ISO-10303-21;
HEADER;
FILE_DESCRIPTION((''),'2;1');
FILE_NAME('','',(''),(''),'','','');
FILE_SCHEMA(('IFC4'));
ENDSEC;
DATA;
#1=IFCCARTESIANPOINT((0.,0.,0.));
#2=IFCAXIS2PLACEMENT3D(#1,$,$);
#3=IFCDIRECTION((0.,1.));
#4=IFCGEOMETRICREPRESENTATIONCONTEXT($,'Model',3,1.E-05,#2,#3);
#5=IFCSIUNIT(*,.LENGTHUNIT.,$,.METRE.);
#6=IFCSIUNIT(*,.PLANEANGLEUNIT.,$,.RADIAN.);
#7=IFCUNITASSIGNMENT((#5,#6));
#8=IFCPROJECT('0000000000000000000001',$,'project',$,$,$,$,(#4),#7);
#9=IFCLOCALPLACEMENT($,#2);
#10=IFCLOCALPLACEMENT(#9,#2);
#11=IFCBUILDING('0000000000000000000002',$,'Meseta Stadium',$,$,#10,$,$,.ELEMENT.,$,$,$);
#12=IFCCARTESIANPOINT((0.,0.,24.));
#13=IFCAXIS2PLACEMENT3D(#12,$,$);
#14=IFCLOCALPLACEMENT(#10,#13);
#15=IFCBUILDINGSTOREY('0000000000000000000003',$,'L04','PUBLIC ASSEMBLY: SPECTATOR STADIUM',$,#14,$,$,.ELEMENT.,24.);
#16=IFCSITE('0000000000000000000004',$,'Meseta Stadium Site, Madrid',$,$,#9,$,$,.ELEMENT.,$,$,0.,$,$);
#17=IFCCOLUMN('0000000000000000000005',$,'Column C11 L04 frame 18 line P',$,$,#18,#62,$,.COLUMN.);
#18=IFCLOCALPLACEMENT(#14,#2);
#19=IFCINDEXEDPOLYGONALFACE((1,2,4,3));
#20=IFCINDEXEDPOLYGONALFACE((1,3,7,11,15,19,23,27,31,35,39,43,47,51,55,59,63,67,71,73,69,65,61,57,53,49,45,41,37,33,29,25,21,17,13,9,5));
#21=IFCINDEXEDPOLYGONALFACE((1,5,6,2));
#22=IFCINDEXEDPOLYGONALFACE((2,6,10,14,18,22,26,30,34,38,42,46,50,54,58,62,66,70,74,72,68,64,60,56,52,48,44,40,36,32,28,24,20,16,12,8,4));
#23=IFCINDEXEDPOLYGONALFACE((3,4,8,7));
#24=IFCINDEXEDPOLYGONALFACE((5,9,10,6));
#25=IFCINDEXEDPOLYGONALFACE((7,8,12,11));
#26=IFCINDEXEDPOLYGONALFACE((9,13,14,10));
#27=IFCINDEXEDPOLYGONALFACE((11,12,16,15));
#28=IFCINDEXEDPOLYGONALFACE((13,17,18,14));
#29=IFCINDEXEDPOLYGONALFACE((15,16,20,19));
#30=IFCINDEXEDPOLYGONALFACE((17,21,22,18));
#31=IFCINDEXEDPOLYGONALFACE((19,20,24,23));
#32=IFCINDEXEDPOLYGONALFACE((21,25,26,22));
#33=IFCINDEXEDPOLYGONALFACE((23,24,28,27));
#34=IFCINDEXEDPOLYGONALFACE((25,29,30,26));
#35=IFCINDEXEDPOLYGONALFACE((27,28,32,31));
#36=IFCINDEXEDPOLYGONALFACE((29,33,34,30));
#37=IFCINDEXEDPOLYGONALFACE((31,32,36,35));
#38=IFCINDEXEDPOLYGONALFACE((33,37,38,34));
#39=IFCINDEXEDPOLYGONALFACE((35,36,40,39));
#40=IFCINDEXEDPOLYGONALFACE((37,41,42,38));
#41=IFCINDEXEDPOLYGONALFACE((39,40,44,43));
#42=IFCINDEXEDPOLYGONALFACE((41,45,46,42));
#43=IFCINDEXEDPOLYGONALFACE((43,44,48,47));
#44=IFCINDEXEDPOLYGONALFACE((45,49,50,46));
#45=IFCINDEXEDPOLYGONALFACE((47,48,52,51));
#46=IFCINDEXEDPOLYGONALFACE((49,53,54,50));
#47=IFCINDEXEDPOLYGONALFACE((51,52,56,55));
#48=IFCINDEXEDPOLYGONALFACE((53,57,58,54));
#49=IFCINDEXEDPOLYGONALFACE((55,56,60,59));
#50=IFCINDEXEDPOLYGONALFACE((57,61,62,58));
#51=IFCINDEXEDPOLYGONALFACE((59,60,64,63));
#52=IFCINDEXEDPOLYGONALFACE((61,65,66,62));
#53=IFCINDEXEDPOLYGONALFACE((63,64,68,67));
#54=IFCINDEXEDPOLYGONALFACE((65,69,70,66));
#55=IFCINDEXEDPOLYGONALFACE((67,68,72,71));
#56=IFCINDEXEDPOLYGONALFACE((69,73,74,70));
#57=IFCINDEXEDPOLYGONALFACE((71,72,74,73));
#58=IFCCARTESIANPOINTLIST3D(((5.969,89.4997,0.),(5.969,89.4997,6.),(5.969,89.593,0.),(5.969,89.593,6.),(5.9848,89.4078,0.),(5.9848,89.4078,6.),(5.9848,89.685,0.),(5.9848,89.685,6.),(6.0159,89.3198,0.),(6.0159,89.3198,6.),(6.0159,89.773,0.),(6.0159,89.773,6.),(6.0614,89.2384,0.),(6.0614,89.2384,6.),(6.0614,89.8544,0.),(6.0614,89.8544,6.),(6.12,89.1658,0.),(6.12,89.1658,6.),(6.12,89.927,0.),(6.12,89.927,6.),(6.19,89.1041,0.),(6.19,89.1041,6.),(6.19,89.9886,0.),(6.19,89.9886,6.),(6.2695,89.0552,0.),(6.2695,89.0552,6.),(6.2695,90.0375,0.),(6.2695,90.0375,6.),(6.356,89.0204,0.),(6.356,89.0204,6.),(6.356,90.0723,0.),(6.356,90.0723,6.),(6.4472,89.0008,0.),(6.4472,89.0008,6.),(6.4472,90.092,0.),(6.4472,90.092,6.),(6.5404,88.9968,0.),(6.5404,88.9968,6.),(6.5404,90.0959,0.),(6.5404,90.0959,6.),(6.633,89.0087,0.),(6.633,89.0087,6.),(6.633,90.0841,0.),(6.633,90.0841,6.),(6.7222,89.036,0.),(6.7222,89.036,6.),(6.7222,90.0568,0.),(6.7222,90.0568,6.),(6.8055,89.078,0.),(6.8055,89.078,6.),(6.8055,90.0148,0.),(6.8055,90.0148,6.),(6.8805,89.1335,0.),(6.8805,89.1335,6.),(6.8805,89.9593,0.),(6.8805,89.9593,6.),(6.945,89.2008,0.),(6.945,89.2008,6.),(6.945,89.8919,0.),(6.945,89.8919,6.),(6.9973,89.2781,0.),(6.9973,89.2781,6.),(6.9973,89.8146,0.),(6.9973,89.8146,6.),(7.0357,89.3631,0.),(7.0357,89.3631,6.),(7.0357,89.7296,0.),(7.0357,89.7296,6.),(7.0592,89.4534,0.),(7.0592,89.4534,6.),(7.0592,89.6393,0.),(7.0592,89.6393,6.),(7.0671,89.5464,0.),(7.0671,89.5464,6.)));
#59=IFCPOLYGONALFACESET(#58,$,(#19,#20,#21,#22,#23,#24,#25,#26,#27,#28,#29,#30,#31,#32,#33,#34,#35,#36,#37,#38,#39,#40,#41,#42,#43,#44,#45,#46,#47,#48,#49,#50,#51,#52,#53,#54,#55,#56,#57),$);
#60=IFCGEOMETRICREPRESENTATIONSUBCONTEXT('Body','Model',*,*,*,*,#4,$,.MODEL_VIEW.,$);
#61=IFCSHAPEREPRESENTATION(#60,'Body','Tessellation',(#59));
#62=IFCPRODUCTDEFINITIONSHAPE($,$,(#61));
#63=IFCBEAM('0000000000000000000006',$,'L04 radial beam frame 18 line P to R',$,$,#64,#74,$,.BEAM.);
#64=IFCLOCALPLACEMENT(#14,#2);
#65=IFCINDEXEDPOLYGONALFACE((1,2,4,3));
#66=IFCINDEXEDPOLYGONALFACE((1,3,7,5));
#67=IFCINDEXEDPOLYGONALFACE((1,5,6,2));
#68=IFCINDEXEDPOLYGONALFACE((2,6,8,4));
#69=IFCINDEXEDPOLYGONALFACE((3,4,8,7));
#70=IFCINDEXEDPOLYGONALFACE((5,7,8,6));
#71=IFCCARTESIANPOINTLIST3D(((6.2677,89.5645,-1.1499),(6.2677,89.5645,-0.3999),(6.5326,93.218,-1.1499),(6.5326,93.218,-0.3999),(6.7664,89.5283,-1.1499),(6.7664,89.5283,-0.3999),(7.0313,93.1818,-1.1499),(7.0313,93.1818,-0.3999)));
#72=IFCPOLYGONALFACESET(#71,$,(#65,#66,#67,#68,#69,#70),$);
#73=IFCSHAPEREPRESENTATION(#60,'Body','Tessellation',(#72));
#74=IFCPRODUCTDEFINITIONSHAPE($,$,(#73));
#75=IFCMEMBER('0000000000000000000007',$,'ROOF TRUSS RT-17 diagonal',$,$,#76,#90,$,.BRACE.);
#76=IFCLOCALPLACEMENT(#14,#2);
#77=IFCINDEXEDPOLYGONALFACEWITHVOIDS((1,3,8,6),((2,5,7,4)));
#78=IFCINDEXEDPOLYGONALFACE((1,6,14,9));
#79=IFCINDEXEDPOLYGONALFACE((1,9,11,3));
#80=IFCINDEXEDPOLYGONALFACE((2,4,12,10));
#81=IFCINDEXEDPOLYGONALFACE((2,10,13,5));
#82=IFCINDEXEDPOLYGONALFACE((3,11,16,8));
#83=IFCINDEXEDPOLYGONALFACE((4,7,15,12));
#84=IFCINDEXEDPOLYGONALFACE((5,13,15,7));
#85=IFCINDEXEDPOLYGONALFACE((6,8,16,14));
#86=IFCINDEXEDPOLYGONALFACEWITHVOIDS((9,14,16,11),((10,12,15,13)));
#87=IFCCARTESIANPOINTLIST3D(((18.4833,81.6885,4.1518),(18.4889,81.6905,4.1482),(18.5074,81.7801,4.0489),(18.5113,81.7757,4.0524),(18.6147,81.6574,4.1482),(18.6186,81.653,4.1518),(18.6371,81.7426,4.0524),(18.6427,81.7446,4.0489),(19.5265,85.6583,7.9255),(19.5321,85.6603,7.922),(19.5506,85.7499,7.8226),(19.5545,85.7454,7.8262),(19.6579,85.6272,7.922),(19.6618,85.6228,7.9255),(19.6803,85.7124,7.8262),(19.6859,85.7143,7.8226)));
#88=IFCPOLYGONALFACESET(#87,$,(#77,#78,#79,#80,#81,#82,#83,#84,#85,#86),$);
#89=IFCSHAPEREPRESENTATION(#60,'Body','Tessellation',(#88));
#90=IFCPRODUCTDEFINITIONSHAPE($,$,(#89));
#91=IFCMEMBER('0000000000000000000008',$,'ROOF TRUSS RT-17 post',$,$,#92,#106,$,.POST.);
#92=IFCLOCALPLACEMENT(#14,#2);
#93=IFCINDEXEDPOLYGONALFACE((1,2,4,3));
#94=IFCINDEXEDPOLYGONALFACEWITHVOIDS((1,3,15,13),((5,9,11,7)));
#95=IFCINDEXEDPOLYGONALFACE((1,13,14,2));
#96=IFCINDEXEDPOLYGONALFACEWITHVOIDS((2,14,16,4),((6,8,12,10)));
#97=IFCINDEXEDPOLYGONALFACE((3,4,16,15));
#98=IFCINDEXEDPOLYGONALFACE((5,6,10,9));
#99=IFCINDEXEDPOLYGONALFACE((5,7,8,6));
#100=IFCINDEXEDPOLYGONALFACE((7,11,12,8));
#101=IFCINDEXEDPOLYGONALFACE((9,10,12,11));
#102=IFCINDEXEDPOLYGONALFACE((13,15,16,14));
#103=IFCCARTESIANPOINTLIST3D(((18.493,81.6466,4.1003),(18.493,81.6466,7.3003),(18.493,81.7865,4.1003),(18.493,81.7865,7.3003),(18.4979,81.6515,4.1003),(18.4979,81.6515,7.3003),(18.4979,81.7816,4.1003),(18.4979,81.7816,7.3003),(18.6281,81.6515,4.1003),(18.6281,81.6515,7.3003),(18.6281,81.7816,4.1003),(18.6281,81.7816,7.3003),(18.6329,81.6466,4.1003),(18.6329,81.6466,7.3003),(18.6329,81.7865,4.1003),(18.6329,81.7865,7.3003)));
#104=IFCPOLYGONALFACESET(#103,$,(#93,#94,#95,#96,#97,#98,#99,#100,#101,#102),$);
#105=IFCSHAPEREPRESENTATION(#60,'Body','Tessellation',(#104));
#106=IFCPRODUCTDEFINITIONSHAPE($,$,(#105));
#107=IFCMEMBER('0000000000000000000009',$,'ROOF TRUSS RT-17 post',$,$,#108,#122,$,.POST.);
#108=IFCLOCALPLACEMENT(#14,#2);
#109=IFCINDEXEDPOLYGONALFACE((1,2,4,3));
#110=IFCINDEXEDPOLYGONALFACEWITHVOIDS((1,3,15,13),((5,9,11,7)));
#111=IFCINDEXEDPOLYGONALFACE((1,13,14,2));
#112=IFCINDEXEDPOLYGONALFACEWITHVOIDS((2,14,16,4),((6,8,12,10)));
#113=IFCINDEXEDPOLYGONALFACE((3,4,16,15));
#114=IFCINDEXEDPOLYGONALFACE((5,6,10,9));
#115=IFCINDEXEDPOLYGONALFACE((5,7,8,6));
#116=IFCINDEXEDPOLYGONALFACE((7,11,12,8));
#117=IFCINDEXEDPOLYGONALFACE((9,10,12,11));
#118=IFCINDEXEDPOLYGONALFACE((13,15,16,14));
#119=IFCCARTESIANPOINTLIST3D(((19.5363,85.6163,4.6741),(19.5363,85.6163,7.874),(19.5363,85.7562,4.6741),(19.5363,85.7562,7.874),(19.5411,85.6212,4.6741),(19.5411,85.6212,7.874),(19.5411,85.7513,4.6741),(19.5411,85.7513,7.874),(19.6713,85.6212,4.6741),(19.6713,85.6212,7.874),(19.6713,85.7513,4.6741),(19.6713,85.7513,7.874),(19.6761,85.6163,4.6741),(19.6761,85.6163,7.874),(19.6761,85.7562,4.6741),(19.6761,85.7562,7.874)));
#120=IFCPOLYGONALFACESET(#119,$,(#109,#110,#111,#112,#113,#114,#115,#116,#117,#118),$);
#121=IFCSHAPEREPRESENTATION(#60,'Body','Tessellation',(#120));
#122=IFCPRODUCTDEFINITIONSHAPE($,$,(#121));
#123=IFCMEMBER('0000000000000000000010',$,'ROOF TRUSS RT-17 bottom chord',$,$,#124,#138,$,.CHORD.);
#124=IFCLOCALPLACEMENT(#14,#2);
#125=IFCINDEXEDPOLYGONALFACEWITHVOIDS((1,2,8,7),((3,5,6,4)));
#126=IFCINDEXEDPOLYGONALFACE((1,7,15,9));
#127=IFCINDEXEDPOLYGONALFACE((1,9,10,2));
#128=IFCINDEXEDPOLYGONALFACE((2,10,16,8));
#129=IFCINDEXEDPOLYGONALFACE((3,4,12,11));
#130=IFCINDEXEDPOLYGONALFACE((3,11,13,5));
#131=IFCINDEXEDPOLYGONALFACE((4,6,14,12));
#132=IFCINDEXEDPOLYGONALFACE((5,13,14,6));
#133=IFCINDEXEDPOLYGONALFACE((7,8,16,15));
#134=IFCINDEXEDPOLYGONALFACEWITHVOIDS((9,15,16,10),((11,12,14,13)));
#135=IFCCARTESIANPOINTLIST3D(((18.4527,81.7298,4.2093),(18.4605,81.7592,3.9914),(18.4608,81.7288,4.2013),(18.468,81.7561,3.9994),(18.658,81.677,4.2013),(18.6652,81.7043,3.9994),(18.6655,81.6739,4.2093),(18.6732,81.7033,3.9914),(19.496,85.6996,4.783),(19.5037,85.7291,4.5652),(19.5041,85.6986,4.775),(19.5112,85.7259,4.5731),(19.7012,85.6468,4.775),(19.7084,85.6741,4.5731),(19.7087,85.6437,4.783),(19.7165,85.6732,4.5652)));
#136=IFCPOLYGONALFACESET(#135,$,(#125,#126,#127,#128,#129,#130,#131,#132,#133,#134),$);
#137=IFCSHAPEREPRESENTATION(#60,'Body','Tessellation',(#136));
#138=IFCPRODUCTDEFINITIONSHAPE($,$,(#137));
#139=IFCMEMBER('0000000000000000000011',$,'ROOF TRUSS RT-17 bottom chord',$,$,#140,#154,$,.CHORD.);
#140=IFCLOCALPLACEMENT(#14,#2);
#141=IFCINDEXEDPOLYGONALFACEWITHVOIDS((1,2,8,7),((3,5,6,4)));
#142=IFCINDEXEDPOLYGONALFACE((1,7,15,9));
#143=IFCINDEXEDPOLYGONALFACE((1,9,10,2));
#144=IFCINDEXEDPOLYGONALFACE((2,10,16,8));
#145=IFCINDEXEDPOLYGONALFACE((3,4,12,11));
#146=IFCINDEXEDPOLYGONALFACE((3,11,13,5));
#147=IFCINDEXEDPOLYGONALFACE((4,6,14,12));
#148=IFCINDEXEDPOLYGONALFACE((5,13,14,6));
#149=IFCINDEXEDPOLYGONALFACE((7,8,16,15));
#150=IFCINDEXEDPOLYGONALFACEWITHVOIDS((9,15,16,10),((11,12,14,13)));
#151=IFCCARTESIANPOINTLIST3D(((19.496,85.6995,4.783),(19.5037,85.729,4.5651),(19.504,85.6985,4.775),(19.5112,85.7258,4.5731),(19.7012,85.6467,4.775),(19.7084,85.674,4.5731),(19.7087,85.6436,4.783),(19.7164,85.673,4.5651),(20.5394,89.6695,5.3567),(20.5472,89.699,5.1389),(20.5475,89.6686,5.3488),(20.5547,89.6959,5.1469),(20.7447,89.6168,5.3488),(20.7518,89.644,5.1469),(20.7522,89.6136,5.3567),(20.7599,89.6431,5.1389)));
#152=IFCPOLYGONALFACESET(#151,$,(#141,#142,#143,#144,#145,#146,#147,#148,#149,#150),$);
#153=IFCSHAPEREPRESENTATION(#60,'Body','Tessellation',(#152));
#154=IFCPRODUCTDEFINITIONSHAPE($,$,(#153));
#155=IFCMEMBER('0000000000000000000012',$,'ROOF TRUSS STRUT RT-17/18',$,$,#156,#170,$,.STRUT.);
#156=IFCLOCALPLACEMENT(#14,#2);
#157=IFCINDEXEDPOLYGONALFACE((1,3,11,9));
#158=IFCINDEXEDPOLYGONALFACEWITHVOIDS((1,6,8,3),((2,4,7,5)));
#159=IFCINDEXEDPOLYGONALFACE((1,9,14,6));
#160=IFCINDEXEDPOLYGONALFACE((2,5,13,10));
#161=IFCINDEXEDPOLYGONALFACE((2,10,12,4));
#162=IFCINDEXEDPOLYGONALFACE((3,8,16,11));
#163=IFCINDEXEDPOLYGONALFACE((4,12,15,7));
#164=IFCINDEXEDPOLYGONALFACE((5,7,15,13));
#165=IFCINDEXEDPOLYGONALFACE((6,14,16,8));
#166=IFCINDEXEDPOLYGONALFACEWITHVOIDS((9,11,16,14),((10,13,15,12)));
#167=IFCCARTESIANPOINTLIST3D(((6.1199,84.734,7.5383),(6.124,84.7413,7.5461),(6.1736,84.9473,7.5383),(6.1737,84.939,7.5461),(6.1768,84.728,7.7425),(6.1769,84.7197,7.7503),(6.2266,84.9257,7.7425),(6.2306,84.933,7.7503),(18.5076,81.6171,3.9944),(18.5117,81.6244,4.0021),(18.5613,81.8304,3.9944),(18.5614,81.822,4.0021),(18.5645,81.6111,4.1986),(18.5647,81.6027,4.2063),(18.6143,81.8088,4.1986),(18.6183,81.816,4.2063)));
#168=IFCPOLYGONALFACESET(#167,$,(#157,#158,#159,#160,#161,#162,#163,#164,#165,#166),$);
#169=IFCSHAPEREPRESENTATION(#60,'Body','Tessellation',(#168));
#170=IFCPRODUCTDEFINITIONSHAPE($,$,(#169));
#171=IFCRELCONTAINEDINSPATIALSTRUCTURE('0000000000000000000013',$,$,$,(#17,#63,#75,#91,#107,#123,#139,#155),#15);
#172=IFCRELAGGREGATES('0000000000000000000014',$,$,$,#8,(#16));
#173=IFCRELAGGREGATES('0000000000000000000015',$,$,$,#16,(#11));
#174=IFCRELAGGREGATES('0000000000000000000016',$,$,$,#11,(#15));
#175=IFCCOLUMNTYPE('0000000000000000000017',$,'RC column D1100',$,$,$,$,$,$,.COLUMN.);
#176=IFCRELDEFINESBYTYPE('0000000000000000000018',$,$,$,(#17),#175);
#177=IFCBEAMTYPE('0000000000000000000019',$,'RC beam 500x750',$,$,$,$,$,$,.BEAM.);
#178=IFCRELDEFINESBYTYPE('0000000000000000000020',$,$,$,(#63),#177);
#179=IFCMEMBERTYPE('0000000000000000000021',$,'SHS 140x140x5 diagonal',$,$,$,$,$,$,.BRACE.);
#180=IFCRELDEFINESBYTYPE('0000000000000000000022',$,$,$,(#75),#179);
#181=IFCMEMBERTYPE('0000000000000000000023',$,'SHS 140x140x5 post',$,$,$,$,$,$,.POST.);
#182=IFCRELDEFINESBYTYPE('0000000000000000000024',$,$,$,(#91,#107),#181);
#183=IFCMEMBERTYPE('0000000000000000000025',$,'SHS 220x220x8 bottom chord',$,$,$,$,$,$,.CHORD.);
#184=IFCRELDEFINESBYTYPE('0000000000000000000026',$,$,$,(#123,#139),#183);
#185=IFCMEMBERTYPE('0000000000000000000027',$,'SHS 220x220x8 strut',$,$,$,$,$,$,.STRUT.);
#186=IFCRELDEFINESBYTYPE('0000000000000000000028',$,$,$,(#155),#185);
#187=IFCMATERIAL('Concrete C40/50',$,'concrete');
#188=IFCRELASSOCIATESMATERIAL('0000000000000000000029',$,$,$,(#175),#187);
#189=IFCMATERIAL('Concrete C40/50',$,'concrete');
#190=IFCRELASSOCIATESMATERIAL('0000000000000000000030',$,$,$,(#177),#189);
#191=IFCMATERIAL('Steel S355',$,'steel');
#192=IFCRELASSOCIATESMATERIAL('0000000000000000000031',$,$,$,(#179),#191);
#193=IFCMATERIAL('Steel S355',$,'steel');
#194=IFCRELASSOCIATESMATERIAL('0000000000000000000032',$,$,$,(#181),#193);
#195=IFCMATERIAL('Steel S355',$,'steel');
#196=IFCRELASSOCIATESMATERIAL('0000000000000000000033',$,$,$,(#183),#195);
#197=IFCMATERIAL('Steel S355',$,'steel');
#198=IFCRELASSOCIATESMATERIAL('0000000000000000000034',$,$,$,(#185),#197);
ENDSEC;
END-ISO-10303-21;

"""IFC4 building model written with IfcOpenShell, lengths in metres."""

from ifc_helpers import new_model, si_unit, direction, frame, origin, origin_2d, place, context, subcontext, project, spatial, rectangle, hollow_rectangle, circle, extrude, material, material_profile, profile_set, type_object, element, save


model = new_model("IFC4")

# Units and contexts
model_context = context("Model", 3, precision=1e-05, world=origin(), true_north=direction((0.0, 1.0)))
body_context = subcontext(model_context, "Body", "Model", "MODEL_VIEW")
ifc_project = project(units=[si_unit("LENGTHUNIT", "METRE"), si_unit("PLANEANGLEUNIT", "RADIAN")], contexts=[model_context])

# Site, building, storey
site_placement = place(None, origin())
site = spatial("IfcSite", under=ifc_project, at=site_placement, Name="Meseta Stadium Site, Madrid", CompositionType="ELEMENT", RefElevation=0.0)
building_placement = place(site_placement, origin())
building = spatial("IfcBuilding", under=site, at=building_placement, Name="Meseta Stadium", CompositionType="ELEMENT")
storey_placement = place(building_placement, frame((0.0, 0.0, 24.0)))
storey = spatial("IfcBuildingStorey", under=building, at=storey_placement, Name="L04", Description="PUBLIC ASSEMBLY: SPECTATOR STADIUM", CompositionType="ELEMENT", Elevation=24.0)

# Column
ifc_material_1 = material(Name="Concrete C40/50", Category="concrete")
ifc_material_profile_1 = material_profile(ifc_material_1, circle(Radius=0.55, at=origin_2d()), Name="RC D1100")
ifc_profile_set_1 = profile_set([ifc_material_profile_1], Name="Concrete C40/50")
column_type = type_object("IfcColumnType", Name="RC column D1100", PredefinedType="COLUMN", material=ifc_profile_set_1)
column_placement = place(storey_placement, frame((6.5171, 89.5464, 0.0), z_axis=(0.0, 0.0, 1.0), x_axis=(1.0, 0.0, 0.0)))
element("IfcColumn", 1, at=column_placement, inside=storey, type_object=column_type, Name="Column C11 L04 frame 18 line P", PredefinedType="COLUMN", context=body_context, shape_type="SweptSolid", body=[
    extrude(circle(Radius=0.55, at=origin_2d()), origin(), (0.0, 0.0, 1.0), 6.0),
])

# Beam
ifc_material_2 = material(Name="Concrete C40/50", Category="concrete")
ifc_material_profile_2 = material_profile(ifc_material_2, rectangle(XDim=0.5, YDim=0.75, at=origin_2d()), Name="RC 500x750")
ifc_profile_set_2 = profile_set([ifc_material_profile_2], Name="Concrete C40/50")
beam_type = type_object("IfcBeamType", Name="RC beam 500x750", PredefinedType="BEAM", material=ifc_profile_set_2)
beam_placement = place(storey_placement, frame((6.5171, 89.5464, -0.7749), z_axis=(0.072313, 0.997382, 0.0), x_axis=(-0.997382, 0.072313, 0.0)))
element("IfcBeam", 2, at=beam_placement, inside=storey, type_object=beam_type, Name="L04 radial beam frame 18 line P to R", PredefinedType="BEAM", context=body_context, shape_type="SweptSolid", body=[
    extrude(rectangle(XDim=0.5, YDim=0.75, at=origin_2d()), origin(), (0.0, 0.0, 1.0), 3.6631),
])

# Members
ifc_material_3 = material(Name="Steel S355", Category="steel")
ifc_material_profile_3 = material_profile(ifc_material_3, hollow_rectangle(XDim=0.1399, YDim=0.1399, WallThickness=0.0049, at=origin_2d()), Name="SHS 140x140x5")
ifc_profile_set_3 = profile_set([ifc_material_profile_3], Name="Steel S355")
member_type_1 = type_object("IfcMemberType", Name="SHS 140x140x5 diagonal", PredefinedType="BRACE", material=ifc_profile_set_3)
member_1_placement = place(storey_placement, frame((18.563, 81.7166, 4.1003), z_axis=(0.187102, 0.711978, 0.676817), x_axis=(-0.967162, 0.254162, 0.0)))
element("IfcMember", 3, at=member_1_placement, inside=storey, type_object=member_type_1, Name="ROOF TRUSS RT-17 diagonal", PredefinedType="BRACE", context=body_context, shape_type="SweptSolid", body=[
    extrude(hollow_rectangle(XDim=0.1399, YDim=0.1399, WallThickness=0.0049, at=origin_2d()), origin(), (0.0, 0.0, 1.0), 5.5757),
])
ifc_material_4 = material(Name="Steel S355", Category="steel")
ifc_material_profile_4 = material_profile(ifc_material_4, hollow_rectangle(XDim=0.1399, YDim=0.1399, WallThickness=0.0049, at=origin_2d()), Name="SHS 140x140x5")
ifc_profile_set_4 = profile_set([ifc_material_profile_4], Name="Steel S355")
member_type_2 = type_object("IfcMemberType", Name="SHS 140x140x5 post", PredefinedType="POST", material=ifc_profile_set_4)
for number, where, z_axis, x_axis, name in (
    (4, (18.563, 81.7166, 4.1003), (0.0, 0.0, 1.0), (1.0, 0.0, 0.0), "ROOF TRUSS RT-17 post"),
    (5, (19.6062, 85.6863, 4.6741), (0.0, 0.0, 1.0), (1.0, 0.0, 0.0), "ROOF TRUSS RT-17 post"),
):
    element("IfcMember", number, at=place(storey_placement, frame(where, z_axis=z_axis, x_axis=x_axis)), inside=storey, type_object=member_type_2, Name=name, PredefinedType="POST", context=body_context, shape_type="SweptSolid", body=[
        extrude(hollow_rectangle(XDim=0.1399, YDim=0.1399, WallThickness=0.0049, at=origin_2d()), origin(), (0.0, 0.0, 1.0), 3.2),
    ])
ifc_material_5 = material(Name="Steel S355", Category="steel")
ifc_material_profile_5 = material_profile(ifc_material_5, hollow_rectangle(XDim=0.22, YDim=0.22, WallThickness=0.0081, at=origin_2d()), Name="SHS 220x220x8")
ifc_profile_set_5 = profile_set([ifc_material_profile_5], Name="Steel S355")
member_type_3 = type_object("IfcMemberType", Name="SHS 220x220x8 bottom chord", PredefinedType="CHORD", material=ifc_profile_set_5)
member_2_placement = place(storey_placement, frame((18.563, 81.7166, 4.1003), z_axis=(0.251715, 0.957849, 0.138435), x_axis=(-0.967162, 0.254162, 0.0)))
element("IfcMember", 6, at=member_2_placement, inside=storey, type_object=member_type_3, Name="ROOF TRUSS RT-17 bottom chord", PredefinedType="CHORD", context=body_context, shape_type="SweptSolid", body=[
    extrude(hollow_rectangle(XDim=0.22, YDim=0.22, WallThickness=0.0081, at=origin_2d()), origin(), (0.0, 0.0, 1.0), 4.1445),
])
member_3_placement = place(storey_placement, frame((19.6062, 85.6863, 4.6741), z_axis=(0.251756, 0.95784, 0.138425), x_axis=(-0.967151, 0.254203, 0.0)))
element("IfcMember", 7, at=member_3_placement, inside=storey, type_object=member_type_3, Name="ROOF TRUSS RT-17 bottom chord", PredefinedType="CHORD", context=body_context, shape_type="SweptSolid", body=[
    extrude(hollow_rectangle(XDim=0.22, YDim=0.22, WallThickness=0.0081, at=origin_2d()), origin(), (0.0, 0.0, 1.0), 4.1448),
])
ifc_material_6 = material(Name="Steel S355", Category="steel")
ifc_material_profile_6 = material_profile(ifc_material_6, hollow_rectangle(XDim=0.22, YDim=0.22, WallThickness=0.0081, at=origin_2d()), Name="SHS 220x220x8")
ifc_profile_set_6 = profile_set([ifc_material_profile_6], Name="Steel S355")
member_type_4 = type_object("IfcMemberType", Name="SHS 220x220x8 strut", PredefinedType="STRUT", material=ifc_profile_set_6)
member_4_placement = place(storey_placement, frame((18.563, 81.7166, 4.1003), z_axis=(-0.934475, 0.235129, 0.26734), x_axis=(-0.24401, -0.969773, 0.0)))
element("IfcMember", 8, at=member_4_placement, inside=storey, type_object=member_type_4, Name="ROOF TRUSS STRUT RT-17/18", PredefinedType="STRUT", context=body_context, shape_type="SweptSolid", body=[
    extrude(hollow_rectangle(XDim=0.22, YDim=0.22, WallThickness=0.0081, at=origin_2d()), origin(), (0.0, 0.0, 1.0), 13.2563),
])

save(model, "model.ifc")
